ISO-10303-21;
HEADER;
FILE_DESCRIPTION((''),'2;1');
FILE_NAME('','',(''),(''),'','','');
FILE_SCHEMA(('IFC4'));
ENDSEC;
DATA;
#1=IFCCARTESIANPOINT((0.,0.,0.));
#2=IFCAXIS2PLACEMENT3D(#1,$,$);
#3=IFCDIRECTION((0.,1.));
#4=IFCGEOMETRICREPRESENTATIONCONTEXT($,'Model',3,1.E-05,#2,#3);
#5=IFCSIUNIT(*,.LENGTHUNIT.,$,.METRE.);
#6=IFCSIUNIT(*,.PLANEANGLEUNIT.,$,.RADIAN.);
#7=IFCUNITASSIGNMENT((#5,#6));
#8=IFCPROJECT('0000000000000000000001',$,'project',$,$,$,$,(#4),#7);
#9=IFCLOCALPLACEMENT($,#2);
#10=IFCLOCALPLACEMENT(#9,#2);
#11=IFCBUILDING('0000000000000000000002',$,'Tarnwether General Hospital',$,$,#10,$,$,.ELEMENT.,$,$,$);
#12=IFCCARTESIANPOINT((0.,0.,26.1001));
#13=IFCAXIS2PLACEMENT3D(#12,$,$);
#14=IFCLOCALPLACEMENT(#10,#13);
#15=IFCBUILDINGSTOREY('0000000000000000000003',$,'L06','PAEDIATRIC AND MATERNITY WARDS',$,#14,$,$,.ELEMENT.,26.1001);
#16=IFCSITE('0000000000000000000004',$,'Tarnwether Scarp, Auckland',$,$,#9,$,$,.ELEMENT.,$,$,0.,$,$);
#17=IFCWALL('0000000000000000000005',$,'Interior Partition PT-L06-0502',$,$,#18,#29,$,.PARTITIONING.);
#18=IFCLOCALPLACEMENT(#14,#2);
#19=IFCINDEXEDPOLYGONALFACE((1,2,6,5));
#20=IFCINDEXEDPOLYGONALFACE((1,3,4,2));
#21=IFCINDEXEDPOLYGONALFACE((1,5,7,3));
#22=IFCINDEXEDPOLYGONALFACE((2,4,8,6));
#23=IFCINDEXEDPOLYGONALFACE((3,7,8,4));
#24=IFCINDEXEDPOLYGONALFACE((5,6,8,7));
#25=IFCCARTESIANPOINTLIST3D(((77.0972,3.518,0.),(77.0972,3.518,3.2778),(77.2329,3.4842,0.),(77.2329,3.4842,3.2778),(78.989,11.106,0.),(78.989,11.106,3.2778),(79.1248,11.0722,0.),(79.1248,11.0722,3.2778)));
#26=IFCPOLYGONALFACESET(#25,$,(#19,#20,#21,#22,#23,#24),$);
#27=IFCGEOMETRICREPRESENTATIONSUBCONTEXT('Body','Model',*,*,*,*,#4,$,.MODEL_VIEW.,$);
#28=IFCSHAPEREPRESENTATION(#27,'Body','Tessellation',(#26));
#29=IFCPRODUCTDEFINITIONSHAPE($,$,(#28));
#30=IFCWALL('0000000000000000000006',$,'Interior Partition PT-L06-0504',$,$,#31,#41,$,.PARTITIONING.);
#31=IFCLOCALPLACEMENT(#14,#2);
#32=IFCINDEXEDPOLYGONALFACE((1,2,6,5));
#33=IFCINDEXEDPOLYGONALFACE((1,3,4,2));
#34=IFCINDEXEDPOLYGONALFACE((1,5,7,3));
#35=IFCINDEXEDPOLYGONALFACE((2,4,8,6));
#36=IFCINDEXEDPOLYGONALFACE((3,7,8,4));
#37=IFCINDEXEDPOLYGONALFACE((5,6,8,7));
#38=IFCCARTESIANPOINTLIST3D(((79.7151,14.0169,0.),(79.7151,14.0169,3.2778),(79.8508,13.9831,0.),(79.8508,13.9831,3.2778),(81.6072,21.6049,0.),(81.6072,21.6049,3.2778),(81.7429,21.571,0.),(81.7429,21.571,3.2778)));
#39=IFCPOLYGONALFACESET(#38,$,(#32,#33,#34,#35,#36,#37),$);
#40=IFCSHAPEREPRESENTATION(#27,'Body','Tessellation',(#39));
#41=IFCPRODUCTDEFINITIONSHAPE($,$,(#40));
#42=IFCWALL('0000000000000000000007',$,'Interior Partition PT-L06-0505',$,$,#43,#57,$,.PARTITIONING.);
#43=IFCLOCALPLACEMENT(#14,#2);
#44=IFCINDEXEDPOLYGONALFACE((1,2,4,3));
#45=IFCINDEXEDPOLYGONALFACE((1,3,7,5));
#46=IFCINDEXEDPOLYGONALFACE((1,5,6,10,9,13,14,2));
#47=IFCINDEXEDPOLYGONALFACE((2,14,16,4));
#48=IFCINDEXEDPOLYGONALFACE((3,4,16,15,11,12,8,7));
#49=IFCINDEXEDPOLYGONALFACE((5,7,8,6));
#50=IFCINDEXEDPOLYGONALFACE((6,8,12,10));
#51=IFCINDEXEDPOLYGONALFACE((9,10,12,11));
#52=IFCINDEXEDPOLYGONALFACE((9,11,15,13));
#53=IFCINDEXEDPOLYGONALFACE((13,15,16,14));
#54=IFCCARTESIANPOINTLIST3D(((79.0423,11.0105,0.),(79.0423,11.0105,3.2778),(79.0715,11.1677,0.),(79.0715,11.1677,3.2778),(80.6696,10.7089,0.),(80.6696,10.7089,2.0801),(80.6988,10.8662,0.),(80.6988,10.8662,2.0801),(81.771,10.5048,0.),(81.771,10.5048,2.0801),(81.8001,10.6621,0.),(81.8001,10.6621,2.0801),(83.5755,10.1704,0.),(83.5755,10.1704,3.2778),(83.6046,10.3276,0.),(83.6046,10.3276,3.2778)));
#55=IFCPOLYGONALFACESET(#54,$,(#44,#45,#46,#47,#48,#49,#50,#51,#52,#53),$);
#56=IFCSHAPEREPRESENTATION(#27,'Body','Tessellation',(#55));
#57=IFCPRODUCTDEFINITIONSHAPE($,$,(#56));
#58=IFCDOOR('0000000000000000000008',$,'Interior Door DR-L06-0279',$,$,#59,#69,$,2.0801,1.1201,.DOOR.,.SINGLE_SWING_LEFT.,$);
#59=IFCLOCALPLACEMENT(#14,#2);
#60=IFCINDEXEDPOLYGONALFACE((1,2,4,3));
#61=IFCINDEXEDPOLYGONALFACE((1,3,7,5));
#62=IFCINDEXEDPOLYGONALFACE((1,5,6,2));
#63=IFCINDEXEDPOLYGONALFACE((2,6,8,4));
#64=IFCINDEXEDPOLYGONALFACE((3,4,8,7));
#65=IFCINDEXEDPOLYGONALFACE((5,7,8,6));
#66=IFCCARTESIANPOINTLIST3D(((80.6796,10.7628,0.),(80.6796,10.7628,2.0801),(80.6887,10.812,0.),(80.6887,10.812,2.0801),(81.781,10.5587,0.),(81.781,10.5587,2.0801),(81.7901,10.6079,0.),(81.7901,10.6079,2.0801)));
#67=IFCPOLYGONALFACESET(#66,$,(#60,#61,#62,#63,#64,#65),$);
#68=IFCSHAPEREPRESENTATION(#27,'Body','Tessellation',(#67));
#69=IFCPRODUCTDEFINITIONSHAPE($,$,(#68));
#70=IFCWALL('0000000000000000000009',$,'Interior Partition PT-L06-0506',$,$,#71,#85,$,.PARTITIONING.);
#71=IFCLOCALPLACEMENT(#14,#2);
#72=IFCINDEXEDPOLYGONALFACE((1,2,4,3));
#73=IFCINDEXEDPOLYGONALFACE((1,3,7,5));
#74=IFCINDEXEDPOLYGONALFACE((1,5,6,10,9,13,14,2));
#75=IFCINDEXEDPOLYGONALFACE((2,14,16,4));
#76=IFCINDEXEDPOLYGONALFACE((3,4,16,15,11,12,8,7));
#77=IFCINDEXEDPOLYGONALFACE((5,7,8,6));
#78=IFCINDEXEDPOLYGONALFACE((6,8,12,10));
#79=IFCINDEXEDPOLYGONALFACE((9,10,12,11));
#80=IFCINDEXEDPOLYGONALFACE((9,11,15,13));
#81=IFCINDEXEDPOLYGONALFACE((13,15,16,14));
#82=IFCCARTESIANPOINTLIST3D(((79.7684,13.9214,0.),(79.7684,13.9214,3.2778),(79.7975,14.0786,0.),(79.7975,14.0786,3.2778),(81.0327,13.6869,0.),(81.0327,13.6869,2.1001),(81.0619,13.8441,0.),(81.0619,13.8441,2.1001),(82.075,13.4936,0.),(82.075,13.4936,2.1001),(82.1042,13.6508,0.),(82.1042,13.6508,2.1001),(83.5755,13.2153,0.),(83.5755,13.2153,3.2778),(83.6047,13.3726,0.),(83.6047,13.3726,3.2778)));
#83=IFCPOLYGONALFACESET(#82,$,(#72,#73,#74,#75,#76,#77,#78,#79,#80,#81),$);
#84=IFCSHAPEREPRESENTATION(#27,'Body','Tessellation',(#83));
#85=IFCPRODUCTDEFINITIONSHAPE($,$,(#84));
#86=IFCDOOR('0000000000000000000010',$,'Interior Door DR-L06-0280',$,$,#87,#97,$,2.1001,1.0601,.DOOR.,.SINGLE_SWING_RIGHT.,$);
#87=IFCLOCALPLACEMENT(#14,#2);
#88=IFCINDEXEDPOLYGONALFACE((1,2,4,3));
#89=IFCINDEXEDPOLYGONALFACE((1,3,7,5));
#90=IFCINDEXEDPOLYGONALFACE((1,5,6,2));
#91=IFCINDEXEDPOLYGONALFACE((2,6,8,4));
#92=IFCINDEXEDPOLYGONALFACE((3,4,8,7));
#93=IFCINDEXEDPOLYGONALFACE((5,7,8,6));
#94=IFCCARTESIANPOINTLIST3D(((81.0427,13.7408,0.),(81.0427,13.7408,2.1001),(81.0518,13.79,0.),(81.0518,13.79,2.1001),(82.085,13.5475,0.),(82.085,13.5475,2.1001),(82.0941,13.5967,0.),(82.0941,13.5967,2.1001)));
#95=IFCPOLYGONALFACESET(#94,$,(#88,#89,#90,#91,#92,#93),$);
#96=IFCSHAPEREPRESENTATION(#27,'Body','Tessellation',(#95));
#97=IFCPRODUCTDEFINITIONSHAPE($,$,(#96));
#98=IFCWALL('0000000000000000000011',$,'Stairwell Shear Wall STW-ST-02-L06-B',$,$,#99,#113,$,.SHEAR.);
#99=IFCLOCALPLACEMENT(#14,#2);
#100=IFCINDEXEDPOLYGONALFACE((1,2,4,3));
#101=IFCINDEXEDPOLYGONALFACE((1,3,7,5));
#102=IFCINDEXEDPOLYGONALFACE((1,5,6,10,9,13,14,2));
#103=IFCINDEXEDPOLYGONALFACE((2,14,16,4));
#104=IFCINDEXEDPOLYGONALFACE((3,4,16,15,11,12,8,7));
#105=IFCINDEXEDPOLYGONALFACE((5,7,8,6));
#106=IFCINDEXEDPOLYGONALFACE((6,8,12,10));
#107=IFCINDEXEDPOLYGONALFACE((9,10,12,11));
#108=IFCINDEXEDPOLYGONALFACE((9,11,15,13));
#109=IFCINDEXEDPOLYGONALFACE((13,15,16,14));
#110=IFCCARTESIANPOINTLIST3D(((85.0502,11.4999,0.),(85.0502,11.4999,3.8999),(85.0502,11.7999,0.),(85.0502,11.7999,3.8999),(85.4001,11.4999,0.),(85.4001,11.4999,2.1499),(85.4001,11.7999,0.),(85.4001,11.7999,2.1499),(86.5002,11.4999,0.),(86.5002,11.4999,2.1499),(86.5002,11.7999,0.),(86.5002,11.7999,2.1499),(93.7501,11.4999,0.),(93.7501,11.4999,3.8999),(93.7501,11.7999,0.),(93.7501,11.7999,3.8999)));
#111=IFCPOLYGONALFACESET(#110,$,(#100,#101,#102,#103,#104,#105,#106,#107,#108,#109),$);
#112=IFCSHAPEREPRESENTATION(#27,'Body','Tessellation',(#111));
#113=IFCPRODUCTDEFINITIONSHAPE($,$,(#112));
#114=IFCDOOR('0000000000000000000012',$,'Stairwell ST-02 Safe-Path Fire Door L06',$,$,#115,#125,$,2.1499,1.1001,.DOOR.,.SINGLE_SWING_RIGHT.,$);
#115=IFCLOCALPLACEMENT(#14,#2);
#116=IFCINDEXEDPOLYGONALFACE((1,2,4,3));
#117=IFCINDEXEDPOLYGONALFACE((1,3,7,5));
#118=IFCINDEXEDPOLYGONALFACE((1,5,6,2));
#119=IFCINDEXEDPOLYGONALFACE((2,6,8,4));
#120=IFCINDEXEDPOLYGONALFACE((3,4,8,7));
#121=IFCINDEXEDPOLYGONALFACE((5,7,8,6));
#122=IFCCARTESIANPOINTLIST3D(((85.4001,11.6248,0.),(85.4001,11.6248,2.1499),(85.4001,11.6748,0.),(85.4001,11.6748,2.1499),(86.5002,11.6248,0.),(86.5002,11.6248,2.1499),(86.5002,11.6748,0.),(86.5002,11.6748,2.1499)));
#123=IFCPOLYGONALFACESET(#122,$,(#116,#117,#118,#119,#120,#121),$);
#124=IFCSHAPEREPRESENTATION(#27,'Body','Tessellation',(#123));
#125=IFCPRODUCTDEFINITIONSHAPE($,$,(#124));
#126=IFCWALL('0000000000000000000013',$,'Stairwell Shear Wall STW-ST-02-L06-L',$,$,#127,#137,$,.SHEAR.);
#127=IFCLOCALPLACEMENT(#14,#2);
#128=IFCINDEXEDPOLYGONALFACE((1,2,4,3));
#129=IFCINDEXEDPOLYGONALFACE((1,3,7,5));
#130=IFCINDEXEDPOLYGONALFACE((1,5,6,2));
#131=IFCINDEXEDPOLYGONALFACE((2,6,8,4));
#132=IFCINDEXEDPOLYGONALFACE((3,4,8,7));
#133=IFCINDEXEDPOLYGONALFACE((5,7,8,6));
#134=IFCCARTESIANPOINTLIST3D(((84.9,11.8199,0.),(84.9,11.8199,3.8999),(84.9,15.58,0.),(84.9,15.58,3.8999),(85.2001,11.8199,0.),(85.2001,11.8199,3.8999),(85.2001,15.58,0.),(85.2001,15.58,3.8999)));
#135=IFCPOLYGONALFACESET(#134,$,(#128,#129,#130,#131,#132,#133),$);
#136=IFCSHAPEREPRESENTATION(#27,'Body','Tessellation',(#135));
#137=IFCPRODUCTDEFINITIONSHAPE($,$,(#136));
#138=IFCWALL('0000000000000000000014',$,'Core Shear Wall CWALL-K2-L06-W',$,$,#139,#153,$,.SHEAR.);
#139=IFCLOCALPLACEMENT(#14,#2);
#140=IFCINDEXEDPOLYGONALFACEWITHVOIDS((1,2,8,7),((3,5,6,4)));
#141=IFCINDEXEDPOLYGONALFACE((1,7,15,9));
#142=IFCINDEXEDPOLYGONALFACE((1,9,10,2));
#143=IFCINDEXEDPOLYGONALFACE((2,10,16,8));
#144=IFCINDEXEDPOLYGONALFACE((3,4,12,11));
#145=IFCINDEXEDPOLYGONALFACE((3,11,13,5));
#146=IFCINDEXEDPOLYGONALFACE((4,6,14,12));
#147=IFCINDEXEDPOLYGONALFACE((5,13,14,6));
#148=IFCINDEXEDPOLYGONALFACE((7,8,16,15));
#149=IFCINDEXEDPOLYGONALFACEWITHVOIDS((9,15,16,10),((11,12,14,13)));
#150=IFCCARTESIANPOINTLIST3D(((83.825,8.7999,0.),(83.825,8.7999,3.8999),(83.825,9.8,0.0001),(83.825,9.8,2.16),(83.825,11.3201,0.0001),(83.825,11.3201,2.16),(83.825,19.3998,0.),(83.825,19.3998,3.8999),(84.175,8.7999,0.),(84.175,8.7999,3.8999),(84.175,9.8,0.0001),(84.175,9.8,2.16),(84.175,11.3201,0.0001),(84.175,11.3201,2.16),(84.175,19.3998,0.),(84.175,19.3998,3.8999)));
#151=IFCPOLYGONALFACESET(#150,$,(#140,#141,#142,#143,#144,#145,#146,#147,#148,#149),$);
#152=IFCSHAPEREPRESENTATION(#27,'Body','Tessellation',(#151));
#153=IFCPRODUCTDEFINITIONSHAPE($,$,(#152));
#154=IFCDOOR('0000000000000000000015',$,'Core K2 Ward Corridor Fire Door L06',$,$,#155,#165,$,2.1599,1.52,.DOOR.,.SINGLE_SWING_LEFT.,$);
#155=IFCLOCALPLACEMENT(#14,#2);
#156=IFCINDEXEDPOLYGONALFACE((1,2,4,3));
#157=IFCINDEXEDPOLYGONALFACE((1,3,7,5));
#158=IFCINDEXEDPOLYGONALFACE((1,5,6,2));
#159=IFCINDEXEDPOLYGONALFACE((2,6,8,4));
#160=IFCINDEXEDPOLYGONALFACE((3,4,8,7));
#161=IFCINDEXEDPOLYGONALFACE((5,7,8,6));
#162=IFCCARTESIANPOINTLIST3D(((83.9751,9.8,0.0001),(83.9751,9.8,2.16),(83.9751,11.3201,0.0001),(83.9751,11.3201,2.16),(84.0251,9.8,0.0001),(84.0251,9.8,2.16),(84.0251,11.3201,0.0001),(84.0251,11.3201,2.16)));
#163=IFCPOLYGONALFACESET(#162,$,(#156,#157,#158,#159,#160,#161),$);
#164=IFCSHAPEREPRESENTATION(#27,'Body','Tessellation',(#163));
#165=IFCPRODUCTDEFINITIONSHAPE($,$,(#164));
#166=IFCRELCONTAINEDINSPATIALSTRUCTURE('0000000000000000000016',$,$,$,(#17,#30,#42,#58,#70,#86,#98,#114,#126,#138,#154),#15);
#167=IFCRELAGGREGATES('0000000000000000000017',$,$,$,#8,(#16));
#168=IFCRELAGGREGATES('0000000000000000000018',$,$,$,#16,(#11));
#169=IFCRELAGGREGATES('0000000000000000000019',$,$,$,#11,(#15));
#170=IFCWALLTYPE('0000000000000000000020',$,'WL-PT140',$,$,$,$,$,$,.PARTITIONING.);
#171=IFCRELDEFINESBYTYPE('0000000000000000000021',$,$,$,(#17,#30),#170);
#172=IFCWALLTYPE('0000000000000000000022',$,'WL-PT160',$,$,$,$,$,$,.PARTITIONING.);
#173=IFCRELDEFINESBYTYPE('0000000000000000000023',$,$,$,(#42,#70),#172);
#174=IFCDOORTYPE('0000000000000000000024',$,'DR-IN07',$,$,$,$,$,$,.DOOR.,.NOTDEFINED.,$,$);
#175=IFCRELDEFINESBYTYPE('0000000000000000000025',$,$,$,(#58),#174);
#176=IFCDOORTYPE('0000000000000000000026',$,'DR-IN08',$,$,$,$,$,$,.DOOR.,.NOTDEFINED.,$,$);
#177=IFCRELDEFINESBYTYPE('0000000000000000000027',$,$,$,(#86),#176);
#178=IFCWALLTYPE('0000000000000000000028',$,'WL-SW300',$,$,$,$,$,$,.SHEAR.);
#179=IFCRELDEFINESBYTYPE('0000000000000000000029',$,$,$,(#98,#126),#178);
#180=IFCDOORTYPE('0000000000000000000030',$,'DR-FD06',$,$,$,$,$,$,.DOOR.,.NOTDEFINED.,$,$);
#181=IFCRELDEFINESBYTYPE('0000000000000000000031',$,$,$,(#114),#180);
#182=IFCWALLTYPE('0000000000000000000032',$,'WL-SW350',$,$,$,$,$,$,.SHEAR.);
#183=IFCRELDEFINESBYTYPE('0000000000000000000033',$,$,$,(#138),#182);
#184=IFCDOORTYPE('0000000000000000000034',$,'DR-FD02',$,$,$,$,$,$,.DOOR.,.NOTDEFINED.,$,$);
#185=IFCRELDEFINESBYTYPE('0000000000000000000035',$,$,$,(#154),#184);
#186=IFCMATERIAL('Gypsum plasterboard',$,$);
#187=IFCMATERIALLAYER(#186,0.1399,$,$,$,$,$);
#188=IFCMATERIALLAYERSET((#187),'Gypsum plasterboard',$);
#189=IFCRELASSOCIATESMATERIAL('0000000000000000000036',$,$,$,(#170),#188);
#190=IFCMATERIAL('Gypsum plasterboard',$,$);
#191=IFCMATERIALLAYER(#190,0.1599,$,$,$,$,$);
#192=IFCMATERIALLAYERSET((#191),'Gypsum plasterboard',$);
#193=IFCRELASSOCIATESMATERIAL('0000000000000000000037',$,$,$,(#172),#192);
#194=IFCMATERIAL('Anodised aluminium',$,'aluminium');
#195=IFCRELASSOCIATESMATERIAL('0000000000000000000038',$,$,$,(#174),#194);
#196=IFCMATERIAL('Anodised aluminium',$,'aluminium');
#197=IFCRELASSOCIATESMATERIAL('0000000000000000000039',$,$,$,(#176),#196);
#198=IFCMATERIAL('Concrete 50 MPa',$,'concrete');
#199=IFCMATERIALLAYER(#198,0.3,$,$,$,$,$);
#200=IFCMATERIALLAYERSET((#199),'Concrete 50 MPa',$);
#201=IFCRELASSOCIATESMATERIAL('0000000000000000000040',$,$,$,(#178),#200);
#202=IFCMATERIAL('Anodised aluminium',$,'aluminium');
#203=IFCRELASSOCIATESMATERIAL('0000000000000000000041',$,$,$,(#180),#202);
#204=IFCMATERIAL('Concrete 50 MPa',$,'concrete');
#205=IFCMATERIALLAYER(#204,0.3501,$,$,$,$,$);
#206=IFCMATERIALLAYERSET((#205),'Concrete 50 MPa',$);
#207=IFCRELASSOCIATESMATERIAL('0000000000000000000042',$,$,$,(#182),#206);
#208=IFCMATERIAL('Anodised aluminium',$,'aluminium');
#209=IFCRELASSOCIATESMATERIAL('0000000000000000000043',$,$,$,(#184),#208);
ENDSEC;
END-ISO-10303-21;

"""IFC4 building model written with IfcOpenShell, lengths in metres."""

from ifc_helpers import new_model, si_unit, direction, frame, frame_2d, origin, place, context, subcontext, project, spatial, rectangle, extrude, material, layer, layer_set, type_object, element, fill, save


model = new_model("IFC4")

# Units and contexts
model_context = context("Model", 3, precision=1e-05, world=origin(), true_north=direction((0.0, 1.0)))
body_context = subcontext(model_context, "Body", "Model", "MODEL_VIEW")
ifc_project = project(units=[si_unit("LENGTHUNIT", "METRE"), si_unit("PLANEANGLEUNIT", "RADIAN")], contexts=[model_context])

# Site, building, storey
site_placement = place(None, origin())
site = spatial("IfcSite", under=ifc_project, at=site_placement, Name="Tarnwether Scarp, Auckland", CompositionType="ELEMENT", RefElevation=0.0)
building_placement = place(site_placement, origin())
building = spatial("IfcBuilding", under=site, at=building_placement, Name="Tarnwether General Hospital", CompositionType="ELEMENT")
storey_placement = place(building_placement, frame((0.0, 0.0, 26.1001)))
storey = spatial("IfcBuildingStorey", under=building, at=storey_placement, Name="L06", Description="PAEDIATRIC AND MATERNITY WARDS", CompositionType="ELEMENT", Elevation=26.1001)

# Walls
ifc_material_1 = material(Name="Gypsum plasterboard")
ifc_layer_1 = layer(ifc_material_1, 0.1399)
ifc_layer_set_1 = layer_set([ifc_layer_1], Name="Gypsum plasterboard")
wall_type_1 = type_object("IfcWallType", Name="WL-PT140", PredefinedType="PARTITIONING", material=ifc_layer_set_1)
for number, where, z_axis, x_axis, name in (
    (1, (79.0569, 11.0891, 0.0), (0.0, 0.0, 1.0), (-0.241911, -0.970298, 0.0), "Interior Partition PT-L06-0502"),
    (2, (79.783, 14.0, 0.0), (0.0, 0.0, 1.0), (0.241948, 0.970289, 0.0), "Interior Partition PT-L06-0504"),
):
    element("IfcWall", number, at=place(storey_placement, frame(where, z_axis=z_axis, x_axis=x_axis)), inside=storey, type_object=wall_type_1, Name=name, PredefinedType="PARTITIONING", context=body_context, shape_type="SweptSolid", body=[
        extrude(rectangle(XDim=7.8203, YDim=0.1399, at=frame_2d((3.9102, 0.0))), origin(), (0.0, 0.0, 1.0), 3.2778),
    ])

# Walls, openings, doors
ifc_material_2 = material(Name="Gypsum plasterboard")
ifc_layer_2 = layer(ifc_material_2, 0.1599)
ifc_layer_set_2 = layer_set([ifc_layer_2], Name="Gypsum plasterboard")
wall_type_2 = type_object("IfcWallType", Name="WL-PT160", PredefinedType="PARTITIONING", material=ifc_layer_set_2)
wall_1_placement = place(storey_placement, frame((79.0569, 11.0891, 0.0), z_axis=(0.0, 0.0, 1.0), x_axis=(0.983258, -0.182216, 0.0)))
wall_1 = element("IfcWall", 3, at=wall_1_placement, inside=storey, type_object=wall_type_2, Name="Interior Partition PT-L06-0505", PredefinedType="PARTITIONING", context=body_context, shape_type="SweptSolid", body=[
    extrude(rectangle(XDim=4.6104, YDim=0.1599, at=frame_2d((2.3052, 0.0))), origin(), (0.0, 0.0, 1.0), 3.2778),
])
opening_1_placement = place(wall_1_placement, frame((1.655, 0.0, 0.0)))
opening_1 = element("IfcOpeningElement", 4, at=opening_1_placement, cuts=wall_1, PredefinedType="OPENING", context=body_context, shape_type="SweptSolid", body=[
    extrude(rectangle(XDim=1.1201, YDim=2.0801, at=frame_2d((0.5601, 1.04))), frame((0.0, 0.0898, 0.0), z_axis=(0.0, -1.0, 0.0), x_axis=(1.0, 0.0, 0.0)), (0.0, 0.0, 1.0), 0.1799),
])
ifc_material_3 = material(Name="Anodised aluminium", Category="aluminium")
door_type_1 = type_object("IfcDoorType", Name="DR-IN07", OperationType="NOTDEFINED", PredefinedType="DOOR", material=ifc_material_3)
door_1_placement = place(opening_1_placement, origin())
door_1 = element("IfcDoor", 5, at=door_1_placement, inside=storey, type_object=door_type_1, Name="Interior Door DR-L06-0279", OperationType="SINGLE_SWING_LEFT", OverallHeight=2.0801, OverallWidth=1.1201, PredefinedType="DOOR", context=body_context, shape_type="SweptSolid", body=[
    extrude(rectangle(XDim=1.1201, YDim=2.0801, at=frame_2d((0.5601, 1.04))), frame((0.0, 0.0249, 0.0), z_axis=(0.0, -1.0, 0.0), x_axis=(1.0, 0.0, 0.0)), (0.0, 0.0, 1.0), 0.05),
])
fill(opening_1, door_1)
wall_2_placement = place(storey_placement, frame((79.783, 14.0, 0.0), z_axis=(0.0, 0.0, 1.0), x_axis=(0.983234, -0.182347, 0.0)))
wall_2 = element("IfcWall", 6, at=wall_2_placement, inside=storey, type_object=wall_type_2, Name="Interior Partition PT-L06-0506", PredefinedType="PARTITIONING", context=body_context, shape_type="SweptSolid", body=[
    extrude(rectangle(XDim=3.8721, YDim=0.1599, at=frame_2d((1.936, 0.0))), origin(), (0.0, 0.0, 1.0), 3.2778),
])
opening_2_placement = place(wall_2_placement, frame((1.2859, 0.0, 0.0)))
opening_2 = element("IfcOpeningElement", 7, at=opening_2_placement, cuts=wall_2, PredefinedType="OPENING", context=body_context, shape_type="SweptSolid", body=[
    extrude(rectangle(XDim=1.0601, YDim=2.1001, at=frame_2d((0.53, 1.05))), frame((0.0, 0.0898, 0.0), z_axis=(0.0, -1.0, 0.0), x_axis=(1.0, 0.0, 0.0)), (0.0, 0.0, 1.0), 0.1799),
])
ifc_material_4 = material(Name="Anodised aluminium", Category="aluminium")
door_type_2 = type_object("IfcDoorType", Name="DR-IN08", OperationType="NOTDEFINED", PredefinedType="DOOR", material=ifc_material_4)
door_2_placement = place(opening_2_placement, origin())
door_2 = element("IfcDoor", 8, at=door_2_placement, inside=storey, type_object=door_type_2, Name="Interior Door DR-L06-0280", OperationType="SINGLE_SWING_RIGHT", OverallHeight=2.1001, OverallWidth=1.0601, PredefinedType="DOOR", context=body_context, shape_type="SweptSolid", body=[
    extrude(rectangle(XDim=1.0601, YDim=2.1001, at=frame_2d((0.53, 1.05))), frame((0.0, 0.0249, 0.0), z_axis=(0.0, -1.0, 0.0), x_axis=(1.0, 0.0, 0.0)), (0.0, 0.0, 1.0), 0.05),
])
fill(opening_2, door_2)
ifc_material_5 = material(Name="Concrete 50 MPa", Category="concrete")
ifc_layer_3 = layer(ifc_material_5, 0.3)
ifc_layer_set_3 = layer_set([ifc_layer_3], Name="Concrete 50 MPa")
wall_type_3 = type_object("IfcWallType", Name="WL-SW300", PredefinedType="SHEAR", material=ifc_layer_set_3)
wall_3_placement = place(storey_placement, frame((85.05, 11.6499, 0.0), z_axis=(0.0, 0.0, 1.0), x_axis=(1.0, 0.0, 0.0)))
wall_3 = element("IfcWall", 9, at=wall_3_placement, inside=storey, type_object=wall_type_3, Name="Stairwell Shear Wall STW-ST-02-L06-B", PredefinedType="SHEAR", context=body_context, shape_type="SweptSolid", body=[
    extrude(rectangle(XDim=8.7, YDim=0.3, at=frame_2d((4.3501, 0.0))), origin(), (0.0, 0.0, 1.0), 3.8999),
])
opening_3_placement = place(wall_3_placement, frame((0.3501, 0.0, 0.0)))
opening_3 = element("IfcOpeningElement", 10, at=opening_3_placement, cuts=wall_3, PredefinedType="OPENING", context=body_context, shape_type="SweptSolid", body=[
    extrude(rectangle(XDim=1.1001, YDim=2.1499, at=frame_2d((0.55, 1.075))), frame((0.0, 0.1602, 0.0), z_axis=(0.0, -1.0, 0.0), x_axis=(1.0, 0.0, 0.0)), (0.0, 0.0, 1.0), 0.3201),
])
ifc_material_6 = material(Name="Anodised aluminium", Category="aluminium")
door_type_3 = type_object("IfcDoorType", Name="DR-FD06", OperationType="NOTDEFINED", PredefinedType="DOOR", material=ifc_material_6)
door_3_placement = place(opening_3_placement, origin())
door_3 = element("IfcDoor", 11, at=door_3_placement, inside=storey, type_object=door_type_3, Name="Stairwell ST-02 Safe-Path Fire Door L06", OperationType="SINGLE_SWING_RIGHT", OverallHeight=2.1499, OverallWidth=1.1001, PredefinedType="DOOR", context=body_context, shape_type="SweptSolid", body=[
    extrude(rectangle(XDim=1.1001, YDim=2.1499, at=frame_2d((0.55, 1.075))), frame((0.0, 0.0249, 0.0), z_axis=(0.0, -1.0, 0.0), x_axis=(1.0, 0.0, 0.0)), (0.0, 0.0, 1.0), 0.05),
])
fill(opening_3, door_3)

# Wall
wall_4_placement = place(storey_placement, frame((85.05, 11.8201, 0.0), z_axis=(0.0, 0.0, 1.0), x_axis=(0.0, 1.0, 0.0)))
element("IfcWall", 12, at=wall_4_placement, inside=storey, type_object=wall_type_3, Name="Stairwell Shear Wall STW-ST-02-L06-L", PredefinedType="SHEAR", context=body_context, shape_type="SweptSolid", body=[
    extrude(rectangle(XDim=3.76, YDim=0.3, at=frame_2d((1.8799, 0.0))), origin(), (0.0, 0.0, 1.0), 3.8999),
])

# Wall, opening, door
ifc_material_7 = material(Name="Concrete 50 MPa", Category="concrete")
ifc_layer_4 = layer(ifc_material_7, 0.3501)
ifc_layer_set_4 = layer_set([ifc_layer_4], Name="Concrete 50 MPa")
wall_type_4 = type_object("IfcWallType", Name="WL-SW350", PredefinedType="SHEAR", material=ifc_layer_set_4)
wall_5_placement = place(storey_placement, frame((84.0, 8.8, 0.0), z_axis=(0.0, 0.0, 1.0), x_axis=(0.0, 1.0, 0.0)))
wall_5 = element("IfcWall", 13, at=wall_5_placement, inside=storey, type_object=wall_type_4, Name="Core Shear Wall CWALL-K2-L06-W", PredefinedType="SHEAR", context=body_context, shape_type="SweptSolid", body=[
    extrude(rectangle(XDim=10.5999, YDim=0.3501, at=frame_2d((5.2998, 0.0))), origin(), (0.0, 0.0, 1.0), 3.8999),
])
opening_4_placement = place(wall_5_placement, frame((1.0, 0.0, 0.0)))
opening_4 = element("IfcOpeningElement", 14, at=opening_4_placement, cuts=wall_5, PredefinedType="OPENING", context=body_context, shape_type="SweptSolid", body=[
    extrude(rectangle(XDim=1.52, YDim=2.1599, at=frame_2d((0.76, 1.0801))), frame((0.0, 0.1851, 0.0), z_axis=(0.0, -1.0, 0.0), x_axis=(1.0, 0.0, 0.0)), (0.0, 0.0, 1.0), 0.3701),
])
ifc_material_8 = material(Name="Anodised aluminium", Category="aluminium")
door_type_4 = type_object("IfcDoorType", Name="DR-FD02", OperationType="NOTDEFINED", PredefinedType="DOOR", material=ifc_material_8)
door_4_placement = place(opening_4_placement, origin())
door_4 = element("IfcDoor", 15, at=door_4_placement, inside=storey, type_object=door_type_4, Name="Core K2 Ward Corridor Fire Door L06", OperationType="SINGLE_SWING_LEFT", OverallHeight=2.1599, OverallWidth=1.52, PredefinedType="DOOR", context=body_context, shape_type="SweptSolid", body=[
    extrude(rectangle(XDim=1.52, YDim=2.1599, at=frame_2d((0.76, 1.0801))), frame((0.0, 0.0249, 0.0), z_axis=(0.0, -1.0, 0.0), x_axis=(1.0, 0.0, 0.0)), (0.0, 0.0, 1.0), 0.05),
])
fill(opening_4, door_4)

save(model, "model.ifc")
